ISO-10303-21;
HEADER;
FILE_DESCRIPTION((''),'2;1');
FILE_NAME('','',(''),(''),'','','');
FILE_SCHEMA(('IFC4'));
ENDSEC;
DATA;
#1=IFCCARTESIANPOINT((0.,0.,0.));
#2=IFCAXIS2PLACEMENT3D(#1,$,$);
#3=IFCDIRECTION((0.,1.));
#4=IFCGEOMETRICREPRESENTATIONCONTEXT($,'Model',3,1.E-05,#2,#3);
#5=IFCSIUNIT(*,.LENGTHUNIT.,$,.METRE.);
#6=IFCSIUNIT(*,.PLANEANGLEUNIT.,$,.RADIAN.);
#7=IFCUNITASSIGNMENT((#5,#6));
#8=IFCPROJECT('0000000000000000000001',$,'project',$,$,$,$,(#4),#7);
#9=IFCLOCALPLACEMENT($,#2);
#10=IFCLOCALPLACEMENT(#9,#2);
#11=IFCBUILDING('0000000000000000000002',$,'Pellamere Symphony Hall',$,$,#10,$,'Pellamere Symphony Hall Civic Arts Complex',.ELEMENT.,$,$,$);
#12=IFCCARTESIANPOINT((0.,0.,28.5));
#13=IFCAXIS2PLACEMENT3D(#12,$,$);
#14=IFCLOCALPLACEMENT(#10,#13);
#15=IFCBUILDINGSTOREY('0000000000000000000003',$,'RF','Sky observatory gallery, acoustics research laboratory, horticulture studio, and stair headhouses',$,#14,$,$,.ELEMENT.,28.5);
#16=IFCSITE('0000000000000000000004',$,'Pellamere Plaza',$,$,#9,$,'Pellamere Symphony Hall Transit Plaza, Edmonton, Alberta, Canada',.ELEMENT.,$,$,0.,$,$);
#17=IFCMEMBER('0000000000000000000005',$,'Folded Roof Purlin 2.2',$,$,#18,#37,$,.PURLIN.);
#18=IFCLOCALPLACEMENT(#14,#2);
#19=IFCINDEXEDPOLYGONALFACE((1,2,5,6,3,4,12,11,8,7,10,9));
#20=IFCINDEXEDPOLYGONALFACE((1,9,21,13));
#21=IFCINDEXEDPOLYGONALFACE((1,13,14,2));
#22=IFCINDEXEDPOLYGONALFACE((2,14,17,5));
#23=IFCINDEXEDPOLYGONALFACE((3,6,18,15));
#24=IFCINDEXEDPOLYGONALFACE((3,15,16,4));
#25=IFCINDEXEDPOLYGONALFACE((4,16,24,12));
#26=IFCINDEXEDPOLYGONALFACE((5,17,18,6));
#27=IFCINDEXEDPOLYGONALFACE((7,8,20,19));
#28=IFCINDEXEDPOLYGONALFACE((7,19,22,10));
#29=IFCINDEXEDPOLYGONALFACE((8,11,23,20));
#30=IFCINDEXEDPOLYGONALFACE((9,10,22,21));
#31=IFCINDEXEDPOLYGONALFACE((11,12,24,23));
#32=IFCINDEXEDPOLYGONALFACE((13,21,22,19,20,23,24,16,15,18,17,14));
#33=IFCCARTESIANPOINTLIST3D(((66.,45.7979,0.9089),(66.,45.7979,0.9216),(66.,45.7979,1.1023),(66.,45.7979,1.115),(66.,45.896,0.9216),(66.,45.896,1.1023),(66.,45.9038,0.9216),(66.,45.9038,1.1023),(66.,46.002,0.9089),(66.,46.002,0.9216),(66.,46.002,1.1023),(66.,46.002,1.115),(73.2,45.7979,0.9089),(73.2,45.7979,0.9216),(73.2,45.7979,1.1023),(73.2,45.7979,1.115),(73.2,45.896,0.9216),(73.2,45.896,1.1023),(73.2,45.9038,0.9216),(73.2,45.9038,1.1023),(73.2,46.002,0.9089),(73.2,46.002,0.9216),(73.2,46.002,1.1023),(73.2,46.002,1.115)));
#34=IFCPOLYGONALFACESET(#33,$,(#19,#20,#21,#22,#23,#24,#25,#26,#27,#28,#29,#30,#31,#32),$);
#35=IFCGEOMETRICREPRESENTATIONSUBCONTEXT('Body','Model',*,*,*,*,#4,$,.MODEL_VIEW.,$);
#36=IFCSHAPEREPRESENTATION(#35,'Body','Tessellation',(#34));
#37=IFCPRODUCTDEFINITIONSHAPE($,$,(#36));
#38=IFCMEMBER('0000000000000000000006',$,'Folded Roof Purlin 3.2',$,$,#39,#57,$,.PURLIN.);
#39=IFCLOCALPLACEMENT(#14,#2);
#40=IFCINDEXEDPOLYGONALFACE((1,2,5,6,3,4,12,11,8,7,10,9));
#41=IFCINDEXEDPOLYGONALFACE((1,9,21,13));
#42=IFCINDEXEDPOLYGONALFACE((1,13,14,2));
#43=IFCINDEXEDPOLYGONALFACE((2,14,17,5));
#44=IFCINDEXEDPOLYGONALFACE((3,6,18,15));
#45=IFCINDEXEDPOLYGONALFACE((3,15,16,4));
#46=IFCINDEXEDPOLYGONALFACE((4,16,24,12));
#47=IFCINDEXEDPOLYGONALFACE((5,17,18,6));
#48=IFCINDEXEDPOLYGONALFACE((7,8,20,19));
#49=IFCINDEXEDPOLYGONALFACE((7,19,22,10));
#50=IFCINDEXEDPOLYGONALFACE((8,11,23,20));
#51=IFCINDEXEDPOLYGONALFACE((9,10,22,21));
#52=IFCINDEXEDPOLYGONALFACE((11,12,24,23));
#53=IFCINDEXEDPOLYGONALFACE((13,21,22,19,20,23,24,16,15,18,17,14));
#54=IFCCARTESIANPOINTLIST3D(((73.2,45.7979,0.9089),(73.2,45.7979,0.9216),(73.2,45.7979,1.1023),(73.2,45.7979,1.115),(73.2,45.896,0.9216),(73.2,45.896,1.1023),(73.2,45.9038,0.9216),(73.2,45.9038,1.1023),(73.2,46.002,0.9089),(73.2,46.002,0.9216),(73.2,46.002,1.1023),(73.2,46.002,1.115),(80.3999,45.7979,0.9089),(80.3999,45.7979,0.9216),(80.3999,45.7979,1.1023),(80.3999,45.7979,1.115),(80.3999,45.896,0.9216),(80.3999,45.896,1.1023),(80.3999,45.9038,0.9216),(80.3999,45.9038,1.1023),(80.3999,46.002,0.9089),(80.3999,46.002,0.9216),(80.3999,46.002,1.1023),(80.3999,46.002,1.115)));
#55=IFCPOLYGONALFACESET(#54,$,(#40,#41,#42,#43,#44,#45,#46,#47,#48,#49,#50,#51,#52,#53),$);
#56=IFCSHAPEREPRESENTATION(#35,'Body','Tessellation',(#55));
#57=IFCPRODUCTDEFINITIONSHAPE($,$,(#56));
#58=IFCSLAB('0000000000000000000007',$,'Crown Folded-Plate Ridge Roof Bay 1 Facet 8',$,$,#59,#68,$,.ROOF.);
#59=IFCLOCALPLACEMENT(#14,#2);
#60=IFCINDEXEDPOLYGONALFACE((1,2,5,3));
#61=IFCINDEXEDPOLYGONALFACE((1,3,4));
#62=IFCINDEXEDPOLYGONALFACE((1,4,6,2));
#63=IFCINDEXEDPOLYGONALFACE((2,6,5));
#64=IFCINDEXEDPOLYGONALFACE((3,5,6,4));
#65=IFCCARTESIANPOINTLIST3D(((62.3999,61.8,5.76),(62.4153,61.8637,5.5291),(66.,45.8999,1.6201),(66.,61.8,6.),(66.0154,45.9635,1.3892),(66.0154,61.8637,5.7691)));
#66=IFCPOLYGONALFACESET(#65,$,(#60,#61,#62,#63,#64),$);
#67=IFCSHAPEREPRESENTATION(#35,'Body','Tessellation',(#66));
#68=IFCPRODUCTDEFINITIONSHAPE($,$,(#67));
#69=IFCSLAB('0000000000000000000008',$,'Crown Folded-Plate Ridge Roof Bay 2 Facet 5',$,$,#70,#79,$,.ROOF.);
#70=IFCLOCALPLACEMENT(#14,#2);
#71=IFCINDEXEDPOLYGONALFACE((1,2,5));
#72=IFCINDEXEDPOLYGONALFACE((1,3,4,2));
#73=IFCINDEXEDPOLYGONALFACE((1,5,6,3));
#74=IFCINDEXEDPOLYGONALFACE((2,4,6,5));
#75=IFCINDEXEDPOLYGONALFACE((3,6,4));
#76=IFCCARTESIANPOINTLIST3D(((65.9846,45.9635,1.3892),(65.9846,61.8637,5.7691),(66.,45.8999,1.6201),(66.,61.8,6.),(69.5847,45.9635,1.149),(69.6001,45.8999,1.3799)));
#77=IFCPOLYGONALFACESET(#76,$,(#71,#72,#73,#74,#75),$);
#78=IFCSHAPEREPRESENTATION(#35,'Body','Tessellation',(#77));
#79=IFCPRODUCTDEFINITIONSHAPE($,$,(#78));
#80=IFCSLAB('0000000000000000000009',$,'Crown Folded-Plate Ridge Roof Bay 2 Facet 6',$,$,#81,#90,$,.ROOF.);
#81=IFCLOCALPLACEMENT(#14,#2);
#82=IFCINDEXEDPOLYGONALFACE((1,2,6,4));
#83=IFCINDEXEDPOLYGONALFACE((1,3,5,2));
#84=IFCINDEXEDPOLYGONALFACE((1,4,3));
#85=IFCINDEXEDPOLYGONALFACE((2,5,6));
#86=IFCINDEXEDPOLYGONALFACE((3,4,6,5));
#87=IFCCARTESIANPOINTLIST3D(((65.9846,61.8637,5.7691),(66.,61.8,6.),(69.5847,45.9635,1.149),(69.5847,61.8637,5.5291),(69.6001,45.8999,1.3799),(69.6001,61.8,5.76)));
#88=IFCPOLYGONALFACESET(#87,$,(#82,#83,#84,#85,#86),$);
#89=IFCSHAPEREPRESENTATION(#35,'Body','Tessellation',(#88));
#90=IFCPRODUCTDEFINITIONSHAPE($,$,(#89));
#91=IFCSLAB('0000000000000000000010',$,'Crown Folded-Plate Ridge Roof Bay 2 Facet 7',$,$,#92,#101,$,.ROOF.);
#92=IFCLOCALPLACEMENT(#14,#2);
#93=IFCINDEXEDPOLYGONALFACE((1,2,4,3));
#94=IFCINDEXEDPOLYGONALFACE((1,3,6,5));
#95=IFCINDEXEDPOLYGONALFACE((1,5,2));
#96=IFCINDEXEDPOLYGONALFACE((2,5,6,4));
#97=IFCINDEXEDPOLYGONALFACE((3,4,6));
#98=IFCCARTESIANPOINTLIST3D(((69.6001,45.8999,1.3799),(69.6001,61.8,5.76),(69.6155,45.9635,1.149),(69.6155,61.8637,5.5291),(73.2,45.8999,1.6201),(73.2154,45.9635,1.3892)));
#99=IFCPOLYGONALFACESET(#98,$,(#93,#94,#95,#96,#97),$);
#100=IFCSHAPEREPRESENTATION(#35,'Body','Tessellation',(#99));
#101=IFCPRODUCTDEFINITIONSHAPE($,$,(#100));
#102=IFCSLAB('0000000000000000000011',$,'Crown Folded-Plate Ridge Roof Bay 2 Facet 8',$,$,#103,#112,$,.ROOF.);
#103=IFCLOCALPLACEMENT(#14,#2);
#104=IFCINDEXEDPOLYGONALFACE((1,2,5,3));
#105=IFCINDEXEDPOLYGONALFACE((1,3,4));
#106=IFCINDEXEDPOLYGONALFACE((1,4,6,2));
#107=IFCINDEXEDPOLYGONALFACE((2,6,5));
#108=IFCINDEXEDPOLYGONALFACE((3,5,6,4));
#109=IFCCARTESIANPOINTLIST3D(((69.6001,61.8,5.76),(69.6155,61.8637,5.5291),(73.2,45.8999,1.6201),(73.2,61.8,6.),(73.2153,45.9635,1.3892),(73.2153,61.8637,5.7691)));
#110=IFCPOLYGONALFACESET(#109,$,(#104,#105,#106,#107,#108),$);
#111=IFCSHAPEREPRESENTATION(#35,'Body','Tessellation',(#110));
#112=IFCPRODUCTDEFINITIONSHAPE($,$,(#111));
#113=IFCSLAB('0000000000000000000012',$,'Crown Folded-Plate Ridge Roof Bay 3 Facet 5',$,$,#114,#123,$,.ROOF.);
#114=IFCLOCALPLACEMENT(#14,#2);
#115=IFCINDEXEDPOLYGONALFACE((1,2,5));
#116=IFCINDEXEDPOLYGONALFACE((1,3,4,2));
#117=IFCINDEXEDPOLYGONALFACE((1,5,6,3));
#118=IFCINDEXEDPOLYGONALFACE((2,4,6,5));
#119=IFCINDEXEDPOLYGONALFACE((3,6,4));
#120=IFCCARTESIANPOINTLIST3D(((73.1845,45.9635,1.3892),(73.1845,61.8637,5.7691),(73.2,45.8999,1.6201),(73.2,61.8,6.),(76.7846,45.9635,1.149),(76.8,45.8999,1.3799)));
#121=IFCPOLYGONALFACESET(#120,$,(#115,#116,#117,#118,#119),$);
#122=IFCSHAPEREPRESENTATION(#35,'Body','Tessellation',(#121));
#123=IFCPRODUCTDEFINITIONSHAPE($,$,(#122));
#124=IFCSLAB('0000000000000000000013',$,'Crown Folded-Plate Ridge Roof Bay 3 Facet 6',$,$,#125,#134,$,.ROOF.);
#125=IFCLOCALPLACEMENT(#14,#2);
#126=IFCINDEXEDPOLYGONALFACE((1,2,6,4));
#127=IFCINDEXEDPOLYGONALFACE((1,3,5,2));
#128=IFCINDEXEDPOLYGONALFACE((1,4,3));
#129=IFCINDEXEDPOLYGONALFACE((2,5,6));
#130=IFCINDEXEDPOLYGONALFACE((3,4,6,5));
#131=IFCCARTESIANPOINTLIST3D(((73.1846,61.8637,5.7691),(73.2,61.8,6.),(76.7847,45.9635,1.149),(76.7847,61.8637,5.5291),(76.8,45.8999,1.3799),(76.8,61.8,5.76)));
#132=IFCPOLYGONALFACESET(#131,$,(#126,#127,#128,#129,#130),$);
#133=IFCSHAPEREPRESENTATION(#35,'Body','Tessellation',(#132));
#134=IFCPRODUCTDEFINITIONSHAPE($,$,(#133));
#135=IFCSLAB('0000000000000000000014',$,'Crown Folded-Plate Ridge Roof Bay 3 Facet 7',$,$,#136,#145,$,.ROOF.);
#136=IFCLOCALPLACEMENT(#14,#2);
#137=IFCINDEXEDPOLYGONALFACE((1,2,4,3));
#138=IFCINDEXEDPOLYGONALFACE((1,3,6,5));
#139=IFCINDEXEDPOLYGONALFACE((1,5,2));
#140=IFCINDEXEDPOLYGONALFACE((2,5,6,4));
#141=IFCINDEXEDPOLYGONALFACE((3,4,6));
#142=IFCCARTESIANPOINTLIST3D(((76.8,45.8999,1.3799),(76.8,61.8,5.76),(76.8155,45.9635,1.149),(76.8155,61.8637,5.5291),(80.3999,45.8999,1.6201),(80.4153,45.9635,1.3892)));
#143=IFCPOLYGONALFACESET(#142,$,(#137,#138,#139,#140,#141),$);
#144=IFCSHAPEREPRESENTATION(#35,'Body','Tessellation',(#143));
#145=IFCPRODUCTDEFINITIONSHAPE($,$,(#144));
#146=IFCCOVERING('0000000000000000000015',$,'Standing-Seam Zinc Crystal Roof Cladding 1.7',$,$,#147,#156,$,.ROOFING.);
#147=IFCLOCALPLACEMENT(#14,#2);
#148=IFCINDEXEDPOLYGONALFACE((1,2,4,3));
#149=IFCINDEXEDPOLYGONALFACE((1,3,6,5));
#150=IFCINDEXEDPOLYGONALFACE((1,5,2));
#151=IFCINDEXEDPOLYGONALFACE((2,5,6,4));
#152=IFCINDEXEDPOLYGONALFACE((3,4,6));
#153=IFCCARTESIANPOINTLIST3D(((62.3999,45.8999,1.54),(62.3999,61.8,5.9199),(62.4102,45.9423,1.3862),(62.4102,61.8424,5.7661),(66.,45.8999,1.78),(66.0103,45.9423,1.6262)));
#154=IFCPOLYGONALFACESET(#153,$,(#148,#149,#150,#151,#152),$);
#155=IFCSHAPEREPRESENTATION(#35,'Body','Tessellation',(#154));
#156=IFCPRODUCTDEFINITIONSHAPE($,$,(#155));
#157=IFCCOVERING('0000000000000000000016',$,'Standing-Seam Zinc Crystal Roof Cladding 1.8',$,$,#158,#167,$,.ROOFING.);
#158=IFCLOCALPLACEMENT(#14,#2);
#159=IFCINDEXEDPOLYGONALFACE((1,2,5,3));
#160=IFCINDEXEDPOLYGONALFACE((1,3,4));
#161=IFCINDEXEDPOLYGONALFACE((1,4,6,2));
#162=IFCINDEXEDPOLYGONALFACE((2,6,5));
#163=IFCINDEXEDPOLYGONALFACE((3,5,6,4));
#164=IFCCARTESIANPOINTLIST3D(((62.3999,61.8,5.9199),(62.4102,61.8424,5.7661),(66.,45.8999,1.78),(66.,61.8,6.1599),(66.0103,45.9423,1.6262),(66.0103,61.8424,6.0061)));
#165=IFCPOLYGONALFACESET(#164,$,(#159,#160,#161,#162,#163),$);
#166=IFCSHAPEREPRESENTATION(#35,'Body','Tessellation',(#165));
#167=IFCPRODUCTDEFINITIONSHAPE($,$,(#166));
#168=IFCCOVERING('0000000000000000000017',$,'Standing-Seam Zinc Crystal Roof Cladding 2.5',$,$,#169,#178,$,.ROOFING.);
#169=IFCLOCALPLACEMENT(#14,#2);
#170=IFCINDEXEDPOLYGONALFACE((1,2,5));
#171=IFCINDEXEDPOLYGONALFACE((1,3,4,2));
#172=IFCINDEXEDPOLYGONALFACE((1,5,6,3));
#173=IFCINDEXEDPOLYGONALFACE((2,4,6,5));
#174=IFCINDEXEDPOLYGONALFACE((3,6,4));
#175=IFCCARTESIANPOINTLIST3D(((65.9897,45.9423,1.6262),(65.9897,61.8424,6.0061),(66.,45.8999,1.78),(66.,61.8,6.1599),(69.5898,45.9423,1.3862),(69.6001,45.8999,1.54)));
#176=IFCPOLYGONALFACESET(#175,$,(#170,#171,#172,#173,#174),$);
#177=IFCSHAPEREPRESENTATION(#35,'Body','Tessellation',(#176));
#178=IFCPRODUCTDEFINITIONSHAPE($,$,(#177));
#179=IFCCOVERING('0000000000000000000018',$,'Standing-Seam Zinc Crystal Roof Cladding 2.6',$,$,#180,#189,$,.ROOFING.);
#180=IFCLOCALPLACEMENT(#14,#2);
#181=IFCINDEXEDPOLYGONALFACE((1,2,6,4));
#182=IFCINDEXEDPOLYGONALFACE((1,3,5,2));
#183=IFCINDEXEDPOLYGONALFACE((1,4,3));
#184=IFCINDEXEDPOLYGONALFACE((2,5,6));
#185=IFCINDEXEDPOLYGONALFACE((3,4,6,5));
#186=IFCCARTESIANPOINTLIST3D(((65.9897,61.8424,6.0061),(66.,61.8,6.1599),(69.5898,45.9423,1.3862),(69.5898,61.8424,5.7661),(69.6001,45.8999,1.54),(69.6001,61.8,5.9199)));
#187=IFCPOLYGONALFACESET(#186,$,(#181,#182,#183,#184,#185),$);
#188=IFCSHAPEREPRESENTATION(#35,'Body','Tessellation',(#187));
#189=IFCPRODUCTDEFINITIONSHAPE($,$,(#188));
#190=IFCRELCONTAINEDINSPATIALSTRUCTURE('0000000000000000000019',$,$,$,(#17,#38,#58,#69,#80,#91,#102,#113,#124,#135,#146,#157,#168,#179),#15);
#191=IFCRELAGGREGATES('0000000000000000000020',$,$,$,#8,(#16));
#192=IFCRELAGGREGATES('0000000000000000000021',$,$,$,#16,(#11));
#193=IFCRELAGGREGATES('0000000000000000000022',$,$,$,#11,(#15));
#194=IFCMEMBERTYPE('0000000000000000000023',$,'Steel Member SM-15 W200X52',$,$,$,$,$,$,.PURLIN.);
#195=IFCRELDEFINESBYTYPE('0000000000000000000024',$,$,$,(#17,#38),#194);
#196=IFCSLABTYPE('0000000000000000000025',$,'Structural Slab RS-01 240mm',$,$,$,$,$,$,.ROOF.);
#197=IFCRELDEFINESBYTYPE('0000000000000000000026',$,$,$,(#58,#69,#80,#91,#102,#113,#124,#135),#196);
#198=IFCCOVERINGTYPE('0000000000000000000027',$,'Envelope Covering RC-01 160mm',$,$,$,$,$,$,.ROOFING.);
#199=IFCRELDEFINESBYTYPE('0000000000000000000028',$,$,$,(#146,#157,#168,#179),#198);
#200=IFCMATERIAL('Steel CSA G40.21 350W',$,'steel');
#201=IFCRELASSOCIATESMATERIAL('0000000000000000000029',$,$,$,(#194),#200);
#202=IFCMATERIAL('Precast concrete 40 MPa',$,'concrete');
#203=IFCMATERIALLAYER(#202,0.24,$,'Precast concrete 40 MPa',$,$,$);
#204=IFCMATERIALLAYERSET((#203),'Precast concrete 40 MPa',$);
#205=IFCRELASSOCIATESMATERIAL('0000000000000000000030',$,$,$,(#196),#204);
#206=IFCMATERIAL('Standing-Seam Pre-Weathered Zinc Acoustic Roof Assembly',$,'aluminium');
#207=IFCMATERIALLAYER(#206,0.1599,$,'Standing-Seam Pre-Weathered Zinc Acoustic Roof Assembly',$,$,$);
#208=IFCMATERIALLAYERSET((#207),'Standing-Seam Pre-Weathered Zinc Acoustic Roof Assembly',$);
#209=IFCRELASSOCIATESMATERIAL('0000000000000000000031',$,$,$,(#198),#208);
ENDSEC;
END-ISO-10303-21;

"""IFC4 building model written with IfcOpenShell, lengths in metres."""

from ifc_helpers import new_model, si_unit, direction, frame, origin, origin_2d, place, context, subcontext, project, spatial, polyline, i_section, outline, extrude, material, layer, layer_set, material_profile, profile_set, type_object, element, save


model = new_model("IFC4")

# Units and contexts
model_context = context("Model", 3, precision=1e-05, world=origin(), true_north=direction((0.0, 1.0)))
body_context = subcontext(model_context, "Body", "Model", "MODEL_VIEW")
ifc_project = project(units=[si_unit("LENGTHUNIT", "METRE"), si_unit("PLANEANGLEUNIT", "RADIAN")], contexts=[model_context])

# Site, building, storey
site_placement = place(None, origin())
site = spatial("IfcSite", under=ifc_project, at=site_placement, Name="Pellamere Plaza", LongName="Pellamere Symphony Hall Transit Plaza, Edmonton, Alberta, Canada", CompositionType="ELEMENT", RefElevation=0.0)
building_placement = place(site_placement, origin())
building = spatial("IfcBuilding", under=site, at=building_placement, Name="Pellamere Symphony Hall", LongName="Pellamere Symphony Hall Civic Arts Complex", CompositionType="ELEMENT")
storey_placement = place(building_placement, frame((0.0, 0.0, 28.5)))
storey = spatial("IfcBuildingStorey", under=building, at=storey_placement, Name="RF", Description="Sky observatory gallery, acoustics research laboratory, horticulture studio, and stair headhouses", CompositionType="ELEMENT", Elevation=28.5)

# Members
ifc_material_1 = material(Name="Steel CSA G40.21 350W", Category="steel")
ifc_material_profile = material_profile(ifc_material_1, i_section(OverallWidth=0.2041, OverallDepth=0.2061, WebThickness=0.0078, FlangeThickness=0.0127, at=origin_2d()), Name="W200X52")
ifc_profile_set = profile_set([ifc_material_profile], Name="Steel CSA G40.21 350W")
member_type = type_object("IfcMemberType", Name="Steel Member SM-15 W200X52", PredefinedType="PURLIN", material=ifc_profile_set)
for number, where, z_axis, x_axis, name in (
    (1, (66.0, 45.8999, 1.012), (1.0, 0.0, 0.0), (0.0, 1.0, 0.0), "Folded Roof Purlin 2.2"),
    (2, (73.2, 45.8999, 1.012), (1.0, 0.0, 0.0), (0.0, 1.0, 0.0), "Folded Roof Purlin 3.2"),
):
    element("IfcMember", number, at=place(storey_placement, frame(where, z_axis=z_axis, x_axis=x_axis)), inside=storey, type_object=member_type, Name=name, PredefinedType="PURLIN", context=body_context, shape_type="SweptSolid", body=[
        extrude(i_section(OverallWidth=0.2041, OverallDepth=0.2061, WebThickness=0.0078, FlangeThickness=0.0127, at=origin_2d()), origin(), (0.0, 0.0, 1.0), 7.2),
    ])

# Slabs
ifc_material_2 = material(Name="Precast concrete 40 MPa", Category="concrete")
ifc_layer_1 = layer(ifc_material_2, 0.24, Name="Precast concrete 40 MPa")
ifc_layer_set_1 = layer_set([ifc_layer_1], Name="Precast concrete 40 MPa")
slab_type = type_object("IfcSlabType", Name="Structural Slab RS-01 240mm", PredefinedType="ROOF", material=ifc_layer_set_1)
slab_1_placement = place(storey_placement, frame((66.0, 45.8999, 1.6201), z_axis=(-0.064136, -0.265024, 0.962107), x_axis=(0.0, 0.964091, 0.26557)))
element("IfcSlab", 3, at=slab_1_placement, inside=storey, type_object=slab_type, Name="Crown Folded-Plate Ridge Roof Bay 1 Facet 8", PredefinedType="ROOF", context=body_context, shape_type="SweptSolid", body=[
    extrude(outline(polyline([(0.0, 0.0), (16.4924, 0.0), (16.4286, 3.6075), (0.0, 0.0)])), origin(), (0.0, 0.0, -1.0), 0.24),
])
slab_2_placement = place(storey_placement, frame((66.0, 45.8999, 1.6201), z_axis=(0.064201, -0.265022, 0.962103), x_axis=(0.997781, 0.0, -0.066582)))
element("IfcSlab", 4, at=slab_2_placement, inside=storey, type_object=slab_type, Name="Crown Folded-Plate Ridge Roof Bay 2 Facet 5", PredefinedType="ROOF", context=body_context, shape_type="SweptSolid", body=[
    extrude(outline(polyline([(0.0, 0.0), (3.6081, 0.0), (-0.2916, 16.4898), (0.0, 0.0)])), origin(), (0.0, 0.0, -1.0), 0.24),
])
slab_3_placement = place(storey_placement, frame((69.6001, 45.8999, 1.3799), z_axis=(0.064136, -0.265037, 0.962103), x_axis=(0.0, 0.964088, 0.265584)))
element("IfcSlab", 5, at=slab_3_placement, inside=storey, type_object=slab_type, Name="Crown Folded-Plate Ridge Roof Bay 2 Facet 6", PredefinedType="ROOF", context=body_context, shape_type="SweptSolid", body=[
    extrude(outline(polyline([(0.0, 0.0), (16.4924, 0.0), (16.5562, 3.6075), (0.0, 0.0)])), origin(), (0.0, 0.0, -1.0), 0.24),
])
slab_4_placement = place(storey_placement, frame((69.6001, 45.8999, 1.3799), z_axis=(-0.064205, -0.265036, 0.962099), x_axis=(0.997781, 0.0, 0.066586)))
element("IfcSlab", 6, at=slab_4_placement, inside=storey, type_object=slab_type, Name="Crown Folded-Plate Ridge Roof Bay 2 Facet 7", PredefinedType="ROOF", context=body_context, shape_type="SweptSolid", body=[
    extrude(outline(polyline([(0.0, 0.0), (3.6079, 0.0), (0.2917, 16.4898), (0.0, 0.0)])), origin(), (0.0, 0.0, -1.0), 0.24),
])
slab_5_placement = place(storey_placement, frame((73.2, 45.8999, 1.6201), z_axis=(-0.06414, -0.265024, 0.962106), x_axis=(0.0, 0.964091, 0.26557)))
element("IfcSlab", 7, at=slab_5_placement, inside=storey, type_object=slab_type, Name="Crown Folded-Plate Ridge Roof Bay 2 Facet 8", PredefinedType="ROOF", context=body_context, shape_type="SweptSolid", body=[
    extrude(outline(polyline([(0.0, 0.0), (16.4924, 0.0), (16.4286, 3.6073), (0.0, 0.0)])), origin(), (0.0, 0.0, -1.0), 0.24),
])
slab_6_placement = place(storey_placement, frame((73.2, 45.8999, 1.6201), z_axis=(0.064201, -0.265022, 0.962103), x_axis=(0.997781, 0.0, -0.066582)))
element("IfcSlab", 8, at=slab_6_placement, inside=storey, type_object=slab_type, Name="Crown Folded-Plate Ridge Roof Bay 3 Facet 5", PredefinedType="ROOF", context=body_context, shape_type="SweptSolid", body=[
    extrude(outline(polyline([(0.0, 0.0), (3.6081, 0.0), (-0.2916, 16.4898), (0.0, 0.0)])), origin(), (0.0, 0.0, -1.0), 0.24),
])
slab_7_placement = place(storey_placement, frame((76.8, 45.8999, 1.3799), z_axis=(0.064136, -0.265037, 0.962103), x_axis=(0.0, 0.964088, 0.265584)))
element("IfcSlab", 9, at=slab_7_placement, inside=storey, type_object=slab_type, Name="Crown Folded-Plate Ridge Roof Bay 3 Facet 6", PredefinedType="ROOF", context=body_context, shape_type="SweptSolid", body=[
    extrude(outline(polyline([(0.0, 0.0), (16.4924, 0.0), (16.5562, 3.6075), (0.0, 0.0)])), origin(), (0.0, 0.0, -1.0), 0.24),
])
slab_8_placement = place(storey_placement, frame((76.8, 45.8999, 1.3799), z_axis=(-0.064205, -0.265036, 0.962099), x_axis=(0.997781, 0.0, 0.066586)))
element("IfcSlab", 10, at=slab_8_placement, inside=storey, type_object=slab_type, Name="Crown Folded-Plate Ridge Roof Bay 3 Facet 7", PredefinedType="ROOF", context=body_context, shape_type="SweptSolid", body=[
    extrude(outline(polyline([(0.0, 0.0), (3.6079, 0.0), (0.2917, 16.4898), (0.0, 0.0)])), origin(), (0.0, 0.0, -1.0), 0.24),
])

# Coverings
ifc_material_3 = material(Name="Standing-Seam Pre-Weathered Zinc Acoustic Roof Assembly", Category="aluminium")
ifc_layer_2 = layer(ifc_material_3, 0.1599, Name="Standing-Seam Pre-Weathered Zinc Acoustic Roof Assembly")
ifc_layer_set_2 = layer_set([ifc_layer_2], Name="Standing-Seam Pre-Weathered Zinc Acoustic Roof Assembly")
covering_type = type_object("IfcCoveringType", Name="Envelope Covering RC-01 160mm", PredefinedType="ROOFING", material=ifc_layer_set_2)
covering_1_placement = place(storey_placement, frame((62.3999, 45.8999, 1.54), z_axis=(-0.064136, -0.265024, 0.962107), x_axis=(0.997785, 0.0, 0.066515)))
element("IfcCovering", 11, at=covering_1_placement, inside=storey, type_object=covering_type, Name="Standing-Seam Zinc Crystal Roof Cladding 1.7", PredefinedType="ROOFING", context=body_context, shape_type="SweptSolid", body=[
    extrude(outline(polyline([(0.0, 0.0), (3.6081, 0.0), (0.2913, 16.4898), (0.0, 0.0)])), origin(), (0.0, 0.0, -1.0), 0.1599),
])
covering_2_placement = place(storey_placement, frame((66.0, 45.8999, 1.78), z_axis=(-0.064136, -0.265024, 0.962107), x_axis=(0.0, 0.964091, 0.26557)))
element("IfcCovering", 12, at=covering_2_placement, inside=storey, type_object=covering_type, Name="Standing-Seam Zinc Crystal Roof Cladding 1.8", PredefinedType="ROOFING", context=body_context, shape_type="SweptSolid", body=[
    extrude(outline(polyline([(0.0, 0.0), (16.4924, 0.0), (16.4286, 3.6075), (0.0, 0.0)])), origin(), (0.0, 0.0, -1.0), 0.1599),
])
covering_3_placement = place(storey_placement, frame((66.0, 45.8999, 1.78), z_axis=(0.064136, -0.265024, 0.962107), x_axis=(0.997785, 0.0, -0.066515)))
element("IfcCovering", 13, at=covering_3_placement, inside=storey, type_object=covering_type, Name="Standing-Seam Zinc Crystal Roof Cladding 2.5", PredefinedType="ROOFING", context=body_context, shape_type="SweptSolid", body=[
    extrude(outline(polyline([(0.0, 0.0), (3.6081, 0.0), (-0.2913, 16.4898), (0.0, 0.0)])), origin(), (0.0, 0.0, -1.0), 0.1599),
])
covering_4_placement = place(storey_placement, frame((69.6001, 45.8999, 1.54), z_axis=(0.064136, -0.265024, 0.962107), x_axis=(0.0, 0.964091, 0.26557)))
element("IfcCovering", 14, at=covering_4_placement, inside=storey, type_object=covering_type, Name="Standing-Seam Zinc Crystal Roof Cladding 2.6", PredefinedType="ROOFING", context=body_context, shape_type="SweptSolid", body=[
    extrude(outline(polyline([(0.0, 0.0), (16.4924, 0.0), (16.5561, 3.6075), (0.0, 0.0)])), origin(), (0.0, 0.0, -1.0), 0.1599),
])

save(model, "model.ifc")
